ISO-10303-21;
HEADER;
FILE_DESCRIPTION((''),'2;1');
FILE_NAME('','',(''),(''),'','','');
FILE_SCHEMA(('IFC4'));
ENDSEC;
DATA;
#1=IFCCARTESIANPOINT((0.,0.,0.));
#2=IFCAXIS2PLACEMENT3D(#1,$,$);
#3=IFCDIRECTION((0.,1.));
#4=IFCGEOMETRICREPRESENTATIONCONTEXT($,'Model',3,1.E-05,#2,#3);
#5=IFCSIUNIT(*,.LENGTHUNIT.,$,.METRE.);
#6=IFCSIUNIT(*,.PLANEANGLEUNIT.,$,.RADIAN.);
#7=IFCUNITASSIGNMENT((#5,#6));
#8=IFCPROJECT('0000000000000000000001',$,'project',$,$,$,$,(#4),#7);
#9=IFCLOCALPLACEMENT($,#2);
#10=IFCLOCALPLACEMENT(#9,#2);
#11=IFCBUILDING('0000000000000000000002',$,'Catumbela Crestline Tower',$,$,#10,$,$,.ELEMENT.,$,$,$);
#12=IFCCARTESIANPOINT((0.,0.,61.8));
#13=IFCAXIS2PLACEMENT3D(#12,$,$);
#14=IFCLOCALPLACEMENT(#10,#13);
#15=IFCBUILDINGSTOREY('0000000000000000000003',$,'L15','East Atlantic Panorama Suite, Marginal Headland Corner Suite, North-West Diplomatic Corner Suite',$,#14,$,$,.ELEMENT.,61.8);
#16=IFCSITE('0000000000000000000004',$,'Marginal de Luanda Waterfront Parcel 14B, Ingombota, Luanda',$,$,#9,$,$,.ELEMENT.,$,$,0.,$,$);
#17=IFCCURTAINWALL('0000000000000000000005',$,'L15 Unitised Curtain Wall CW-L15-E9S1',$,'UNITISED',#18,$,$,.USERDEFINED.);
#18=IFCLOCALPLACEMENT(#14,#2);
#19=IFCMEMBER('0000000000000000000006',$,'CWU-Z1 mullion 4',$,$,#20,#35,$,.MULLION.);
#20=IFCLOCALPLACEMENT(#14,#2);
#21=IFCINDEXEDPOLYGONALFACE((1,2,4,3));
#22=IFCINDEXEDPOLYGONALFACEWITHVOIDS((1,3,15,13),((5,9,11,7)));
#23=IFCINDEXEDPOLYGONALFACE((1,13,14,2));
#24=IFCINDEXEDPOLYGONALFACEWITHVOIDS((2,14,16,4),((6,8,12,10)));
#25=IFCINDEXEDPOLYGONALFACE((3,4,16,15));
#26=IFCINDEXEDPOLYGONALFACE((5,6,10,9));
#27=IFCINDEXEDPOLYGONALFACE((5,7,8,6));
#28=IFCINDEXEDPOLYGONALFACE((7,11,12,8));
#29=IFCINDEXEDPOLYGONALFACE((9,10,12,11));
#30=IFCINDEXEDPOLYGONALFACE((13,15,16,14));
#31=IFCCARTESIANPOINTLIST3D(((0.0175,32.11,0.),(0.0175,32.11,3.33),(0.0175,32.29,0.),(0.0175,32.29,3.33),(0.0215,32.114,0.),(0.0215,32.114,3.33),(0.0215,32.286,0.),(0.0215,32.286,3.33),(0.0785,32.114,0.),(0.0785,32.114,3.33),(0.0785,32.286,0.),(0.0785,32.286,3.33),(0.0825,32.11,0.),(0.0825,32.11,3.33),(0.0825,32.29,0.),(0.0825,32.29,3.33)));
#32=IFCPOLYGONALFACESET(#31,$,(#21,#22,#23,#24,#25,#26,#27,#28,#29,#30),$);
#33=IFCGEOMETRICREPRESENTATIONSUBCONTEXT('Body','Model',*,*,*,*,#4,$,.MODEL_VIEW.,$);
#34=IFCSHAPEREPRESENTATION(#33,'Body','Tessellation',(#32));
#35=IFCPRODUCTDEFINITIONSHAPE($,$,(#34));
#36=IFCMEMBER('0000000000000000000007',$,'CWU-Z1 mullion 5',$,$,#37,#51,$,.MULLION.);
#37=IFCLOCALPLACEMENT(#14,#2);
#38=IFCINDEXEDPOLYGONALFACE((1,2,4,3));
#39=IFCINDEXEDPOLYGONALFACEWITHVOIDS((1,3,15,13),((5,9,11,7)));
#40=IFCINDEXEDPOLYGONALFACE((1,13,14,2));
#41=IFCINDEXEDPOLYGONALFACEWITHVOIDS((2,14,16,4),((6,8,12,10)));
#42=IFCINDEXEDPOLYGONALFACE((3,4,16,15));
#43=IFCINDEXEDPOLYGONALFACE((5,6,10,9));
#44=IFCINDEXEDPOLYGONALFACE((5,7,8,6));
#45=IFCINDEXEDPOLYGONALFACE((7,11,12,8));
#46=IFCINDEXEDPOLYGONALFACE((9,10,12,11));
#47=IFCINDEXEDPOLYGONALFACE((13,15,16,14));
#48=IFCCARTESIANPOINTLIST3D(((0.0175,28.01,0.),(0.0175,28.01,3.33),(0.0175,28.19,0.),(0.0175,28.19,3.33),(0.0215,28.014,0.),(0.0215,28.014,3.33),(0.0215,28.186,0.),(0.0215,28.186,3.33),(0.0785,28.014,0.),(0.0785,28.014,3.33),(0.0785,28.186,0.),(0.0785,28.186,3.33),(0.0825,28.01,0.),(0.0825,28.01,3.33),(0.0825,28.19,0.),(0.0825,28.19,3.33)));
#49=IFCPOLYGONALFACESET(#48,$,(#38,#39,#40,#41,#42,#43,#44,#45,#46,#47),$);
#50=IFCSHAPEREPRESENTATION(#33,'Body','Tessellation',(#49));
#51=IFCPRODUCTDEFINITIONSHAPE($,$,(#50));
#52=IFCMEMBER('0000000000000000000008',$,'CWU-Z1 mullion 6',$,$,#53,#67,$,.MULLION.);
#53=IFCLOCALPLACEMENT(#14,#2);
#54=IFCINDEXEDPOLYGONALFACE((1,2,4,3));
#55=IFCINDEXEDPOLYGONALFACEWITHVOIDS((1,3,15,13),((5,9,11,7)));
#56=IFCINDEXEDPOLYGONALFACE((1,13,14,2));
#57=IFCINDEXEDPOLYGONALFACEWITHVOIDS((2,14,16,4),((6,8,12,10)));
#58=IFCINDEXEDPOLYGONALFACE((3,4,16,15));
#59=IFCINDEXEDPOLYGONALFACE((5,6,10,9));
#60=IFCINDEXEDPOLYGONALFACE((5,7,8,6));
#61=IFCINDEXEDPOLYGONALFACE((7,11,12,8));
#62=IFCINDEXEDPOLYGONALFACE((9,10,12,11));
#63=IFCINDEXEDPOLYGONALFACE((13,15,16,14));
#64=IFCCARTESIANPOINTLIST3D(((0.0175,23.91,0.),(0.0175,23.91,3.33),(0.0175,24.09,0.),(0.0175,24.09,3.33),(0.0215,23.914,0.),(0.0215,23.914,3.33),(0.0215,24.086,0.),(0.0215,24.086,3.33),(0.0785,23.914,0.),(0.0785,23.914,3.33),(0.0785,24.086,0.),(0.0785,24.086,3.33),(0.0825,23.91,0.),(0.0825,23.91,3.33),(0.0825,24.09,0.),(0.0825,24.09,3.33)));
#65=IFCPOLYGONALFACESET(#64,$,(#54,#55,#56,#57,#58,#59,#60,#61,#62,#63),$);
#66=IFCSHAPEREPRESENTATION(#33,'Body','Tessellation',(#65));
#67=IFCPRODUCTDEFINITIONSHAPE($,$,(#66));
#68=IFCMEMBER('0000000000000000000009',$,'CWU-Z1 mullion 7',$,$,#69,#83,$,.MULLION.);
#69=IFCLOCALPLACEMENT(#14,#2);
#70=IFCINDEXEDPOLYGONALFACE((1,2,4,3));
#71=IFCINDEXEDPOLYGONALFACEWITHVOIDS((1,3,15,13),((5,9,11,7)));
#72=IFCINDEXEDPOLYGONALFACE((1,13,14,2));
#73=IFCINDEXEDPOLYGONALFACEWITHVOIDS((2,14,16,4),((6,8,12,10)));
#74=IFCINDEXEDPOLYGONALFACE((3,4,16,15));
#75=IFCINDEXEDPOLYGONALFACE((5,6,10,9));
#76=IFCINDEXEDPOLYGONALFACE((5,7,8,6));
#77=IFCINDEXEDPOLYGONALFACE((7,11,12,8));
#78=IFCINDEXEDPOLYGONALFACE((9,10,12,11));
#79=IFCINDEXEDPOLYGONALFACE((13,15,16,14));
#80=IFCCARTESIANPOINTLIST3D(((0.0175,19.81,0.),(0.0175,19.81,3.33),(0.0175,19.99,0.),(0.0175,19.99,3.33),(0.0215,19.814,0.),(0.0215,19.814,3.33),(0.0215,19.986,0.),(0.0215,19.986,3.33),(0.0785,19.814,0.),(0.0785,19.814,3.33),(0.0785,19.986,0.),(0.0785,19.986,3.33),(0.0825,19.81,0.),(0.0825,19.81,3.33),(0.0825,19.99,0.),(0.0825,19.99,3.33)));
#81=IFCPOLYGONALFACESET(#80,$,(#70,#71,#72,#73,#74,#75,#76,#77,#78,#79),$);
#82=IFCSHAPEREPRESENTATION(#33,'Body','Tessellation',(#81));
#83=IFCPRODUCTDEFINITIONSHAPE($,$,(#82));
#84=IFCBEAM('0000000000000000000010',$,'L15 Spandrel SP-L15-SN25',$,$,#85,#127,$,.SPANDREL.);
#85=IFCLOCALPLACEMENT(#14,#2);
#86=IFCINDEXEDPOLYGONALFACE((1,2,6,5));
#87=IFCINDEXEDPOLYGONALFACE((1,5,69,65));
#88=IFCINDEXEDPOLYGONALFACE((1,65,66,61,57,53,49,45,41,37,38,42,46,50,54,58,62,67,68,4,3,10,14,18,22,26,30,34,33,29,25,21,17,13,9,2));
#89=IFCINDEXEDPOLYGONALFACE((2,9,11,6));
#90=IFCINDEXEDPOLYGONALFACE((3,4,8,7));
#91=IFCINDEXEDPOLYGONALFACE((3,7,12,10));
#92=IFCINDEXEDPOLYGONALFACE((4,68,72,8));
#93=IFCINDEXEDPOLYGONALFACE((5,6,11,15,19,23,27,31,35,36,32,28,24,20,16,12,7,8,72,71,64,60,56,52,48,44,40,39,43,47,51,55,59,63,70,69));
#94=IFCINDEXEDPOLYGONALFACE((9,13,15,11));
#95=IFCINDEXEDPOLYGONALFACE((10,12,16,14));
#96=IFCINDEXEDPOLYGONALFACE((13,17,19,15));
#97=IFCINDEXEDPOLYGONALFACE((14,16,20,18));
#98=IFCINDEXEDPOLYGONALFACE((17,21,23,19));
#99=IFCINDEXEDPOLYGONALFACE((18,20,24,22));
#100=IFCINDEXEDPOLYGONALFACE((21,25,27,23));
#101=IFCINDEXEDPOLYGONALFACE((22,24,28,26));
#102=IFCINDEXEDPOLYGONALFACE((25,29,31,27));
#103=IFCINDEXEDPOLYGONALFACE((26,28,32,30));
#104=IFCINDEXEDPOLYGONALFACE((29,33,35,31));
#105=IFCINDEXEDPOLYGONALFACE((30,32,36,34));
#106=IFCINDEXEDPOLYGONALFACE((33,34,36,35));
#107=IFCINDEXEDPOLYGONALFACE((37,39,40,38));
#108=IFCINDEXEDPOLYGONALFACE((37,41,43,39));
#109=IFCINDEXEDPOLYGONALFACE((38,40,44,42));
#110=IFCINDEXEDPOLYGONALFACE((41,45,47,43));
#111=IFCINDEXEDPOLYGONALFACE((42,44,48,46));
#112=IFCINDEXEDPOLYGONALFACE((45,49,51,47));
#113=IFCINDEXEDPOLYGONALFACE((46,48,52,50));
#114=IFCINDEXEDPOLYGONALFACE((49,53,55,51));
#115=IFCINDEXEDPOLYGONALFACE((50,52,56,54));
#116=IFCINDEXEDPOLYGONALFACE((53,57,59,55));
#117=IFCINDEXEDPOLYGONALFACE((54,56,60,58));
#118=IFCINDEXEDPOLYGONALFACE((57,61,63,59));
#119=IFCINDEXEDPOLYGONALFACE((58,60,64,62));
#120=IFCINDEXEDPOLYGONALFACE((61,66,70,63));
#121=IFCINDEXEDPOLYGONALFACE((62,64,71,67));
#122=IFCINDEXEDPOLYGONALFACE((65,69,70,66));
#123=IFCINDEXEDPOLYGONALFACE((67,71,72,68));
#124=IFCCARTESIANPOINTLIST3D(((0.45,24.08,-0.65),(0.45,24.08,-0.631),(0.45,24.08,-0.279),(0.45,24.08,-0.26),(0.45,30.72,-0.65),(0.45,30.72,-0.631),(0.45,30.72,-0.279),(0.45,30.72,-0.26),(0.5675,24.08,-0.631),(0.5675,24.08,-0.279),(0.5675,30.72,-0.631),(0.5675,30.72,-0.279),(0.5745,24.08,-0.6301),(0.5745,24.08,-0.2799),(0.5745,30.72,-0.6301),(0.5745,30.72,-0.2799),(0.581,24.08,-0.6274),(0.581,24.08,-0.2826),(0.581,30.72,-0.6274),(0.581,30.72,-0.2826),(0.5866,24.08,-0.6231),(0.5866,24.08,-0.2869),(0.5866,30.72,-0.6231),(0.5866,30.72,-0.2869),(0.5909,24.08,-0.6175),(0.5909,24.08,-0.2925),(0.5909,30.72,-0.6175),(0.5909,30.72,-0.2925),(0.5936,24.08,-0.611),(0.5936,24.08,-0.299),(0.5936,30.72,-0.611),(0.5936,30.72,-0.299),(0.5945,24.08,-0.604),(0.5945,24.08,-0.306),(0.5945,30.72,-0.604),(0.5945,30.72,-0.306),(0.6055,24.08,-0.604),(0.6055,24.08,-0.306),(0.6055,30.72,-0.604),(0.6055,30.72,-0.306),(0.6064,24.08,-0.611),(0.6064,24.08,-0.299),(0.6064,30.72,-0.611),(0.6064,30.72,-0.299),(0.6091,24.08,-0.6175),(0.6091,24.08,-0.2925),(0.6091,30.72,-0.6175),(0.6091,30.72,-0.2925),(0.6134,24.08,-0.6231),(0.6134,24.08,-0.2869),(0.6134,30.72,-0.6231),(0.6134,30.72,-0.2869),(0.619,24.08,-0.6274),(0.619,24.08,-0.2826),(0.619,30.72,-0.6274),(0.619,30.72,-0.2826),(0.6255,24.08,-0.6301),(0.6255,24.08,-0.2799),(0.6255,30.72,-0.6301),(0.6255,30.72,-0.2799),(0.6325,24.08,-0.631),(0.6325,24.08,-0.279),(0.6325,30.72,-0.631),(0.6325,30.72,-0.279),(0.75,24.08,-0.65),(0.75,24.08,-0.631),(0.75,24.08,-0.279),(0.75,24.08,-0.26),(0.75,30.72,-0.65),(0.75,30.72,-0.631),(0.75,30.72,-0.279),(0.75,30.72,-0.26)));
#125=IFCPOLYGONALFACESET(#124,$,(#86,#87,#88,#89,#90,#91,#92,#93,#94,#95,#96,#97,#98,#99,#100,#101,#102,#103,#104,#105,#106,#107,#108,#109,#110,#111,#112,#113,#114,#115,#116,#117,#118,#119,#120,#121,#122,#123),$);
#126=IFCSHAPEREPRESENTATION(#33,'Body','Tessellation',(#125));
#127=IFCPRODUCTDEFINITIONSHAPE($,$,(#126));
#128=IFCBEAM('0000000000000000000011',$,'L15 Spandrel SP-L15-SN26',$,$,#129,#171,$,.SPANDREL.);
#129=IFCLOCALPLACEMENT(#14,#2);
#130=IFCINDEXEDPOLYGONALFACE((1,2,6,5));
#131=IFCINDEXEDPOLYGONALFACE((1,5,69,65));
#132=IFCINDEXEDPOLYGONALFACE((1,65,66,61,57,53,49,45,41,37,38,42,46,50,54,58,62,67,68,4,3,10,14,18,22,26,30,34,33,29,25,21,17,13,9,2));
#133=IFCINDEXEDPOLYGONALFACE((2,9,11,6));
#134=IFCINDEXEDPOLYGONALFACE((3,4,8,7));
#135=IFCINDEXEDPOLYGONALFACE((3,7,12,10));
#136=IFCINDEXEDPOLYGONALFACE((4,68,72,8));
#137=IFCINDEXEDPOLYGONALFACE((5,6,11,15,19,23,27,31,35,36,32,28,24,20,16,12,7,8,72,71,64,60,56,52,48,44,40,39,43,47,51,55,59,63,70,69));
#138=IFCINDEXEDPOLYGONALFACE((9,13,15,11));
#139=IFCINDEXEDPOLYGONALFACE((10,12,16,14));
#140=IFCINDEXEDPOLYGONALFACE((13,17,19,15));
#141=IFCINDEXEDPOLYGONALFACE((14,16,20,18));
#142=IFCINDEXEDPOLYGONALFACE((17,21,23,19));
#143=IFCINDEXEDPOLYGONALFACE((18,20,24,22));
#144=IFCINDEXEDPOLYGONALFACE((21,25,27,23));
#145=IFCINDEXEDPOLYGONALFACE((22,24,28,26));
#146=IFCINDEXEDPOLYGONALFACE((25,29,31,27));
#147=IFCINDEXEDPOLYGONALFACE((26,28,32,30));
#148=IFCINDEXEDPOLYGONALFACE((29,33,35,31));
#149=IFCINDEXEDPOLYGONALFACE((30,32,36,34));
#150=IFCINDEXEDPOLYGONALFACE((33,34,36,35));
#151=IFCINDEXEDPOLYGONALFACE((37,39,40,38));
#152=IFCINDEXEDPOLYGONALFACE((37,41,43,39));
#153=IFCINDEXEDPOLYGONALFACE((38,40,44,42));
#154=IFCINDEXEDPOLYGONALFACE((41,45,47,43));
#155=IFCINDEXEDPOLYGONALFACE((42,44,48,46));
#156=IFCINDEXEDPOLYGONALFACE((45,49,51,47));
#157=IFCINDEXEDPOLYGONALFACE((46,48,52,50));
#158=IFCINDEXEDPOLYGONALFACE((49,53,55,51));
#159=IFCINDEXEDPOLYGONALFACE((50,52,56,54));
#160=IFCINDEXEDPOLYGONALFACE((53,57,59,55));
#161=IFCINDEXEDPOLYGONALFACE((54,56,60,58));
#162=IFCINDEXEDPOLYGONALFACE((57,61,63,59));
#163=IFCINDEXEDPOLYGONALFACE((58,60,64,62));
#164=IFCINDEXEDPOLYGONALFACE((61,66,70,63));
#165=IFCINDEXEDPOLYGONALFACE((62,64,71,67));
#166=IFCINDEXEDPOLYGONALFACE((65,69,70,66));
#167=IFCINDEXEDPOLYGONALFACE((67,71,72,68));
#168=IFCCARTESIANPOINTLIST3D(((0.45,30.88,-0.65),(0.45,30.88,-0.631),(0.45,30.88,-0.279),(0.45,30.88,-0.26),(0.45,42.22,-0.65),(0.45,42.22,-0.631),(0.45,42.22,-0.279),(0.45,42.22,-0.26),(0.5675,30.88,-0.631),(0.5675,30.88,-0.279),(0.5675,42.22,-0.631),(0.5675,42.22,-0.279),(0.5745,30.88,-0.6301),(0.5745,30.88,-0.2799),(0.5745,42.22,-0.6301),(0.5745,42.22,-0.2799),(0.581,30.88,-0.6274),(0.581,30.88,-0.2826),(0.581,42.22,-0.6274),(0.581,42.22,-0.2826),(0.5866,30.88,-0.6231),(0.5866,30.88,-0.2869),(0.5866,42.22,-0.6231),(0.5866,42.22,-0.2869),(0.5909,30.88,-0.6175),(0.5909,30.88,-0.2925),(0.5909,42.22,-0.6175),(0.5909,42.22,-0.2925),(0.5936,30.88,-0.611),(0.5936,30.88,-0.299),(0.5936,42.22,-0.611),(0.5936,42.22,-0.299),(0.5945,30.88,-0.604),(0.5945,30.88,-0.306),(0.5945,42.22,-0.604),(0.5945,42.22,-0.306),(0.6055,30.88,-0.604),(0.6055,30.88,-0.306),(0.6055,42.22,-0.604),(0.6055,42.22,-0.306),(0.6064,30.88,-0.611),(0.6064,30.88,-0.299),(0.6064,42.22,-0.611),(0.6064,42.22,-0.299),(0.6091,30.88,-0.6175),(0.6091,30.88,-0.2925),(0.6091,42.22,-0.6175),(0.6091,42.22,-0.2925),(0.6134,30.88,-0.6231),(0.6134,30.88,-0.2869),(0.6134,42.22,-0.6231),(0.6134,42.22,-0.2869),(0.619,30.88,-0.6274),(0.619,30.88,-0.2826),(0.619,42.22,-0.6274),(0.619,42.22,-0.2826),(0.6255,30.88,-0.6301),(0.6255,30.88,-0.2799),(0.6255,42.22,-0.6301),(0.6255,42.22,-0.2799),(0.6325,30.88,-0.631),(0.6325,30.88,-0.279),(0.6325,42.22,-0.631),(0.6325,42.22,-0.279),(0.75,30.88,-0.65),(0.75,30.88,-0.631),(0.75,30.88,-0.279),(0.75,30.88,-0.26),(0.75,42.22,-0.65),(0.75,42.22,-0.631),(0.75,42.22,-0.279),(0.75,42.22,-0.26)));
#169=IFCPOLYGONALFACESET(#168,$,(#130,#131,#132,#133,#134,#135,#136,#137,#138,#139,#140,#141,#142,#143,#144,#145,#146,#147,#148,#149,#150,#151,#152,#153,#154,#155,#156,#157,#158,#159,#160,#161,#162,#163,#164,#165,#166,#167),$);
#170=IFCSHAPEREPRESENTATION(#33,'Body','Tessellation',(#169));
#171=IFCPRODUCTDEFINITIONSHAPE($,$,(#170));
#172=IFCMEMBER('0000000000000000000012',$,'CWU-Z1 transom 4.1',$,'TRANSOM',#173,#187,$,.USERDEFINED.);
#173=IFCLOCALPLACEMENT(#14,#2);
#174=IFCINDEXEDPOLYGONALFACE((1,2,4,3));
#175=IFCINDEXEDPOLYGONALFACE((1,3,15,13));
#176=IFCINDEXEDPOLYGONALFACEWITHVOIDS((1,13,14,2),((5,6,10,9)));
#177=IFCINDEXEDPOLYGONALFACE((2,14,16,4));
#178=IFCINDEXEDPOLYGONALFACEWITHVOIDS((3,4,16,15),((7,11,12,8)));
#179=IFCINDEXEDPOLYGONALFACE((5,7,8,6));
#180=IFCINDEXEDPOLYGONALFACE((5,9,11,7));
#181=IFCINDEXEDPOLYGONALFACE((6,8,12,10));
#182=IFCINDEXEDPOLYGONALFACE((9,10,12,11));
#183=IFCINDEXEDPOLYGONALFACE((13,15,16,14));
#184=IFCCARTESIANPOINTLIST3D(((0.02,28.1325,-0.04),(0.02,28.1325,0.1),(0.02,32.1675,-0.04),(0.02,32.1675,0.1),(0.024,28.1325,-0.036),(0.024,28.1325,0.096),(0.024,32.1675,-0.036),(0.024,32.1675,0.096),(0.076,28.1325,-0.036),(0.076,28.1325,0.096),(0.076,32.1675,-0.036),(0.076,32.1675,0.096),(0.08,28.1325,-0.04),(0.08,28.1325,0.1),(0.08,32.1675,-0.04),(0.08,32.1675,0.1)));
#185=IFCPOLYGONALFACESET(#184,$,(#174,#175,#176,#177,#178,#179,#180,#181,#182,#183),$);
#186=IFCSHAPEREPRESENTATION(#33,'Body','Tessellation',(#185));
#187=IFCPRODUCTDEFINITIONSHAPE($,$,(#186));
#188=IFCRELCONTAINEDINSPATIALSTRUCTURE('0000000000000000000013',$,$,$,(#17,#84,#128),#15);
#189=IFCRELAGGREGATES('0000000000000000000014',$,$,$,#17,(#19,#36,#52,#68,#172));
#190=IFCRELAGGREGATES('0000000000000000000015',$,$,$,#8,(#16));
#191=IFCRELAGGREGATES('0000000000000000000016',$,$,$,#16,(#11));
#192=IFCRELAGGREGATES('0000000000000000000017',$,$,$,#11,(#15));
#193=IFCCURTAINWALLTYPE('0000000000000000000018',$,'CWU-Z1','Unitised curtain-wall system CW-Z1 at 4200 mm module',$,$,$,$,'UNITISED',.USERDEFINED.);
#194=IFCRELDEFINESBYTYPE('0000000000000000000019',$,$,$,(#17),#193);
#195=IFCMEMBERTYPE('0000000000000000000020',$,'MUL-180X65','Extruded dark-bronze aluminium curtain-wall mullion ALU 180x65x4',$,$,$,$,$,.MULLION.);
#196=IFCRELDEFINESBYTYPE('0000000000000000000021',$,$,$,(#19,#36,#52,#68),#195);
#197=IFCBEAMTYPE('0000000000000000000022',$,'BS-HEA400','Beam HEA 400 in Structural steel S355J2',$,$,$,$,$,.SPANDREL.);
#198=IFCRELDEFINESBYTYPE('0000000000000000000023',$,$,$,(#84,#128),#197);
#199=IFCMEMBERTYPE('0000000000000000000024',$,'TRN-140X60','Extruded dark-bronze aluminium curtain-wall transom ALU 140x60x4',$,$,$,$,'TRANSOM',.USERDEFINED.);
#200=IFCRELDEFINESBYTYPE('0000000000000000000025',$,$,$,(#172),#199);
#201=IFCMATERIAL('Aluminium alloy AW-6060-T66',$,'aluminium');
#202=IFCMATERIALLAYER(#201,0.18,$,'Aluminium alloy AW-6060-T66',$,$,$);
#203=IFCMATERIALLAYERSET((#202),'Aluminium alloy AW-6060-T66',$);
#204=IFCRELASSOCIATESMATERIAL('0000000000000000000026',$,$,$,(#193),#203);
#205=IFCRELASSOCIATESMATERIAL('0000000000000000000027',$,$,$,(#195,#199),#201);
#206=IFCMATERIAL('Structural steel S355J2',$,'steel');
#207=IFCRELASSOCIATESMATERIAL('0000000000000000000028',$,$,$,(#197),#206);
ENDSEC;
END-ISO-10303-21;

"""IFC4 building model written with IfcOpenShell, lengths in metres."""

from ifc_helpers import new_model, si_unit, direction, frame, origin, origin_2d, place, context, subcontext, project, spatial, hollow_rectangle, i_section, extrude, material, layer, layer_set, material_profile, profile_set, type_object, element, aggregate, save


model = new_model("IFC4")

# Units and contexts
model_context = context("Model", 3, precision=1e-05, world=origin(), true_north=direction((0.0, 1.0)))
body_context = subcontext(model_context, "Body", "Model", "MODEL_VIEW")
ifc_project = project(units=[si_unit("LENGTHUNIT", "METRE"), si_unit("PLANEANGLEUNIT", "RADIAN")], contexts=[model_context])

# Site, building, storey
site_placement = place(None, origin())
site = spatial("IfcSite", under=ifc_project, at=site_placement, Name="Marginal de Luanda Waterfront Parcel 14B, Ingombota, Luanda", CompositionType="ELEMENT", RefElevation=0.0)
building_placement = place(site_placement, origin())
building = spatial("IfcBuilding", under=site, at=building_placement, Name="Catumbela Crestline Tower", CompositionType="ELEMENT")
storey_placement = place(building_placement, frame((0.0, 0.0, 61.8)))
storey = spatial("IfcBuildingStorey", under=building, at=storey_placement, Name="L15", Description="East Atlantic Panorama Suite, Marginal Headland Corner Suite, North-West Diplomatic Corner Suite", CompositionType="ELEMENT", Elevation=61.8)

# Shared definitions
ifc_material_1 = material(Name="Structural steel S355J2", Category="steel")

# Curtain wall, members
ifc_material_2 = material(Name="Aluminium alloy AW-6060-T66", Category="aluminium")
ifc_layer_1 = layer(ifc_material_2, 0.18, Name="Aluminium alloy AW-6060-T66")
ifc_layer_set_1 = layer_set([ifc_layer_1], Name="Aluminium alloy AW-6060-T66")
curtain_wall_type = type_object("IfcCurtainWallType", Name="CWU-Z1", Description="Unitised curtain-wall system CW-Z1 at 4200 mm module", ElementType="UNITISED", PredefinedType="USERDEFINED", material=ifc_layer_set_1)
curtain_wall_placement = place(storey_placement, origin())
curtain_wall = element("IfcCurtainWall", 1, at=curtain_wall_placement, inside=storey, type_object=curtain_wall_type, Name="L15 Unitised Curtain Wall CW-L15-E9S1", ObjectType="UNITISED", PredefinedType="USERDEFINED")
ifc_material_profile_1 = material_profile(ifc_material_2, hollow_rectangle(XDim=0.065, YDim=0.18, WallThickness=0.004, at=origin_2d()), Name="ALU 180x65x4")
ifc_profile_set_1 = profile_set([ifc_material_profile_1], Name="Aluminium alloy AW-6060-T66")
member_type_1 = type_object("IfcMemberType", Name="MUL-180X65", Description="Extruded dark-bronze aluminium curtain-wall mullion ALU 180x65x4", PredefinedType="MULLION", material=ifc_profile_set_1)
member_1_placement = place(storey_placement, frame((0.05, 32.2, 0.0), z_axis=(0.0, 0.0, 1.0), x_axis=(1.0, 0.0, 0.0)))
member_1 = element("IfcMember", 2, at=member_1_placement, type_object=member_type_1, Name="CWU-Z1 mullion 4", PredefinedType="MULLION", context=body_context, shape_type="SweptSolid", body=[
    extrude(hollow_rectangle(XDim=0.065, YDim=0.18, WallThickness=0.004, at=origin_2d()), origin(), (0.0, 0.0, 1.0), 3.33),
])
member_2_placement = place(storey_placement, frame((0.05, 28.1, 0.0), z_axis=(0.0, 0.0, 1.0), x_axis=(1.0, 0.0, 0.0)))
member_2 = element("IfcMember", 3, at=member_2_placement, type_object=member_type_1, Name="CWU-Z1 mullion 5", PredefinedType="MULLION", context=body_context, shape_type="SweptSolid", body=[
    extrude(hollow_rectangle(XDim=0.065, YDim=0.18, WallThickness=0.004, at=origin_2d()), origin(), (0.0, 0.0, 1.0), 3.33),
])
member_3_placement = place(storey_placement, frame((0.05, 24.0, 0.0), z_axis=(0.0, 0.0, 1.0), x_axis=(1.0, 0.0, 0.0)))
member_3 = element("IfcMember", 4, at=member_3_placement, type_object=member_type_1, Name="CWU-Z1 mullion 6", PredefinedType="MULLION", context=body_context, shape_type="SweptSolid", body=[
    extrude(hollow_rectangle(XDim=0.065, YDim=0.18, WallThickness=0.004, at=origin_2d()), origin(), (0.0, 0.0, 1.0), 3.33),
])
member_4_placement = place(storey_placement, frame((0.05, 19.9, 0.0), z_axis=(0.0, 0.0, 1.0), x_axis=(1.0, 0.0, 0.0)))
member_4 = element("IfcMember", 5, at=member_4_placement, type_object=member_type_1, Name="CWU-Z1 mullion 7", PredefinedType="MULLION", context=body_context, shape_type="SweptSolid", body=[
    extrude(hollow_rectangle(XDim=0.065, YDim=0.18, WallThickness=0.004, at=origin_2d()), origin(), (0.0, 0.0, 1.0), 3.33),
])

# Beams
ifc_material_profile_2 = material_profile(ifc_material_1, i_section(OverallWidth=0.3, OverallDepth=0.39, WebThickness=0.011, FlangeThickness=0.019, FilletRadius=0.027, at=origin_2d()), Name="HEA 400")
ifc_profile_set_2 = profile_set([ifc_material_profile_2], Name="Structural steel S355J2")
beam_type_1 = type_object("IfcBeamType", Name="BS-HEA400", Description="Beam HEA 400 in Structural steel S355J2", PredefinedType="SPANDREL", material=ifc_profile_set_2)
beam_1_placement = place(storey_placement, frame((0.6, 24.08, -0.455), z_axis=(0.0, 1.0, 0.0), x_axis=(-1.0, 0.0, 0.0)))
element("IfcBeam", 6, at=beam_1_placement, inside=storey, type_object=beam_type_1, Name="L15 Spandrel SP-L15-SN25", PredefinedType="SPANDREL", context=body_context, shape_type="SweptSolid", body=[
    extrude(i_section(OverallWidth=0.3, OverallDepth=0.39, WebThickness=0.011, FlangeThickness=0.019, FilletRadius=0.027, at=origin_2d()), origin(), (0.0, 0.0, 1.0), 6.64),
])
beam_2_placement = place(storey_placement, frame((0.6, 30.88, -0.455), z_axis=(0.0, 1.0, 0.0), x_axis=(-1.0, 0.0, 0.0)))
element("IfcBeam", 7, at=beam_2_placement, inside=storey, type_object=beam_type_1, Name="L15 Spandrel SP-L15-SN26", PredefinedType="SPANDREL", context=body_context, shape_type="SweptSolid", body=[
    extrude(i_section(OverallWidth=0.3, OverallDepth=0.39, WebThickness=0.011, FlangeThickness=0.019, FilletRadius=0.027, at=origin_2d()), origin(), (0.0, 0.0, 1.0), 11.34),
])

# Member
ifc_material_profile_3 = material_profile(ifc_material_2, hollow_rectangle(XDim=0.06, YDim=0.14, WallThickness=0.004, at=origin_2d()), Name="ALU 140x60x4")
ifc_profile_set_3 = profile_set([ifc_material_profile_3], Name="Aluminium alloy AW-6060-T66")
member_type_2 = type_object("IfcMemberType", Name="TRN-140X60", Description="Extruded dark-bronze aluminium curtain-wall transom ALU 140x60x4", ElementType="TRANSOM", PredefinedType="USERDEFINED", material=ifc_profile_set_3)
member_5_placement = place(storey_placement, frame((0.05, 32.1675, 0.03), z_axis=(0.0, -1.0, 0.0), x_axis=(1.0, 0.0, 0.0)))
member_5 = element("IfcMember", 8, at=member_5_placement, type_object=member_type_2, Name="CWU-Z1 transom 4.1", ObjectType="TRANSOM", PredefinedType="USERDEFINED", context=body_context, shape_type="SweptSolid", body=[
    extrude(hollow_rectangle(XDim=0.06, YDim=0.14, WallThickness=0.004, at=origin_2d()), origin(), (0.0, 0.0, 1.0), 4.035),
])

aggregate(curtain_wall, [member_1, member_2, member_3, member_4, member_5])

save(model, "model.ifc")
